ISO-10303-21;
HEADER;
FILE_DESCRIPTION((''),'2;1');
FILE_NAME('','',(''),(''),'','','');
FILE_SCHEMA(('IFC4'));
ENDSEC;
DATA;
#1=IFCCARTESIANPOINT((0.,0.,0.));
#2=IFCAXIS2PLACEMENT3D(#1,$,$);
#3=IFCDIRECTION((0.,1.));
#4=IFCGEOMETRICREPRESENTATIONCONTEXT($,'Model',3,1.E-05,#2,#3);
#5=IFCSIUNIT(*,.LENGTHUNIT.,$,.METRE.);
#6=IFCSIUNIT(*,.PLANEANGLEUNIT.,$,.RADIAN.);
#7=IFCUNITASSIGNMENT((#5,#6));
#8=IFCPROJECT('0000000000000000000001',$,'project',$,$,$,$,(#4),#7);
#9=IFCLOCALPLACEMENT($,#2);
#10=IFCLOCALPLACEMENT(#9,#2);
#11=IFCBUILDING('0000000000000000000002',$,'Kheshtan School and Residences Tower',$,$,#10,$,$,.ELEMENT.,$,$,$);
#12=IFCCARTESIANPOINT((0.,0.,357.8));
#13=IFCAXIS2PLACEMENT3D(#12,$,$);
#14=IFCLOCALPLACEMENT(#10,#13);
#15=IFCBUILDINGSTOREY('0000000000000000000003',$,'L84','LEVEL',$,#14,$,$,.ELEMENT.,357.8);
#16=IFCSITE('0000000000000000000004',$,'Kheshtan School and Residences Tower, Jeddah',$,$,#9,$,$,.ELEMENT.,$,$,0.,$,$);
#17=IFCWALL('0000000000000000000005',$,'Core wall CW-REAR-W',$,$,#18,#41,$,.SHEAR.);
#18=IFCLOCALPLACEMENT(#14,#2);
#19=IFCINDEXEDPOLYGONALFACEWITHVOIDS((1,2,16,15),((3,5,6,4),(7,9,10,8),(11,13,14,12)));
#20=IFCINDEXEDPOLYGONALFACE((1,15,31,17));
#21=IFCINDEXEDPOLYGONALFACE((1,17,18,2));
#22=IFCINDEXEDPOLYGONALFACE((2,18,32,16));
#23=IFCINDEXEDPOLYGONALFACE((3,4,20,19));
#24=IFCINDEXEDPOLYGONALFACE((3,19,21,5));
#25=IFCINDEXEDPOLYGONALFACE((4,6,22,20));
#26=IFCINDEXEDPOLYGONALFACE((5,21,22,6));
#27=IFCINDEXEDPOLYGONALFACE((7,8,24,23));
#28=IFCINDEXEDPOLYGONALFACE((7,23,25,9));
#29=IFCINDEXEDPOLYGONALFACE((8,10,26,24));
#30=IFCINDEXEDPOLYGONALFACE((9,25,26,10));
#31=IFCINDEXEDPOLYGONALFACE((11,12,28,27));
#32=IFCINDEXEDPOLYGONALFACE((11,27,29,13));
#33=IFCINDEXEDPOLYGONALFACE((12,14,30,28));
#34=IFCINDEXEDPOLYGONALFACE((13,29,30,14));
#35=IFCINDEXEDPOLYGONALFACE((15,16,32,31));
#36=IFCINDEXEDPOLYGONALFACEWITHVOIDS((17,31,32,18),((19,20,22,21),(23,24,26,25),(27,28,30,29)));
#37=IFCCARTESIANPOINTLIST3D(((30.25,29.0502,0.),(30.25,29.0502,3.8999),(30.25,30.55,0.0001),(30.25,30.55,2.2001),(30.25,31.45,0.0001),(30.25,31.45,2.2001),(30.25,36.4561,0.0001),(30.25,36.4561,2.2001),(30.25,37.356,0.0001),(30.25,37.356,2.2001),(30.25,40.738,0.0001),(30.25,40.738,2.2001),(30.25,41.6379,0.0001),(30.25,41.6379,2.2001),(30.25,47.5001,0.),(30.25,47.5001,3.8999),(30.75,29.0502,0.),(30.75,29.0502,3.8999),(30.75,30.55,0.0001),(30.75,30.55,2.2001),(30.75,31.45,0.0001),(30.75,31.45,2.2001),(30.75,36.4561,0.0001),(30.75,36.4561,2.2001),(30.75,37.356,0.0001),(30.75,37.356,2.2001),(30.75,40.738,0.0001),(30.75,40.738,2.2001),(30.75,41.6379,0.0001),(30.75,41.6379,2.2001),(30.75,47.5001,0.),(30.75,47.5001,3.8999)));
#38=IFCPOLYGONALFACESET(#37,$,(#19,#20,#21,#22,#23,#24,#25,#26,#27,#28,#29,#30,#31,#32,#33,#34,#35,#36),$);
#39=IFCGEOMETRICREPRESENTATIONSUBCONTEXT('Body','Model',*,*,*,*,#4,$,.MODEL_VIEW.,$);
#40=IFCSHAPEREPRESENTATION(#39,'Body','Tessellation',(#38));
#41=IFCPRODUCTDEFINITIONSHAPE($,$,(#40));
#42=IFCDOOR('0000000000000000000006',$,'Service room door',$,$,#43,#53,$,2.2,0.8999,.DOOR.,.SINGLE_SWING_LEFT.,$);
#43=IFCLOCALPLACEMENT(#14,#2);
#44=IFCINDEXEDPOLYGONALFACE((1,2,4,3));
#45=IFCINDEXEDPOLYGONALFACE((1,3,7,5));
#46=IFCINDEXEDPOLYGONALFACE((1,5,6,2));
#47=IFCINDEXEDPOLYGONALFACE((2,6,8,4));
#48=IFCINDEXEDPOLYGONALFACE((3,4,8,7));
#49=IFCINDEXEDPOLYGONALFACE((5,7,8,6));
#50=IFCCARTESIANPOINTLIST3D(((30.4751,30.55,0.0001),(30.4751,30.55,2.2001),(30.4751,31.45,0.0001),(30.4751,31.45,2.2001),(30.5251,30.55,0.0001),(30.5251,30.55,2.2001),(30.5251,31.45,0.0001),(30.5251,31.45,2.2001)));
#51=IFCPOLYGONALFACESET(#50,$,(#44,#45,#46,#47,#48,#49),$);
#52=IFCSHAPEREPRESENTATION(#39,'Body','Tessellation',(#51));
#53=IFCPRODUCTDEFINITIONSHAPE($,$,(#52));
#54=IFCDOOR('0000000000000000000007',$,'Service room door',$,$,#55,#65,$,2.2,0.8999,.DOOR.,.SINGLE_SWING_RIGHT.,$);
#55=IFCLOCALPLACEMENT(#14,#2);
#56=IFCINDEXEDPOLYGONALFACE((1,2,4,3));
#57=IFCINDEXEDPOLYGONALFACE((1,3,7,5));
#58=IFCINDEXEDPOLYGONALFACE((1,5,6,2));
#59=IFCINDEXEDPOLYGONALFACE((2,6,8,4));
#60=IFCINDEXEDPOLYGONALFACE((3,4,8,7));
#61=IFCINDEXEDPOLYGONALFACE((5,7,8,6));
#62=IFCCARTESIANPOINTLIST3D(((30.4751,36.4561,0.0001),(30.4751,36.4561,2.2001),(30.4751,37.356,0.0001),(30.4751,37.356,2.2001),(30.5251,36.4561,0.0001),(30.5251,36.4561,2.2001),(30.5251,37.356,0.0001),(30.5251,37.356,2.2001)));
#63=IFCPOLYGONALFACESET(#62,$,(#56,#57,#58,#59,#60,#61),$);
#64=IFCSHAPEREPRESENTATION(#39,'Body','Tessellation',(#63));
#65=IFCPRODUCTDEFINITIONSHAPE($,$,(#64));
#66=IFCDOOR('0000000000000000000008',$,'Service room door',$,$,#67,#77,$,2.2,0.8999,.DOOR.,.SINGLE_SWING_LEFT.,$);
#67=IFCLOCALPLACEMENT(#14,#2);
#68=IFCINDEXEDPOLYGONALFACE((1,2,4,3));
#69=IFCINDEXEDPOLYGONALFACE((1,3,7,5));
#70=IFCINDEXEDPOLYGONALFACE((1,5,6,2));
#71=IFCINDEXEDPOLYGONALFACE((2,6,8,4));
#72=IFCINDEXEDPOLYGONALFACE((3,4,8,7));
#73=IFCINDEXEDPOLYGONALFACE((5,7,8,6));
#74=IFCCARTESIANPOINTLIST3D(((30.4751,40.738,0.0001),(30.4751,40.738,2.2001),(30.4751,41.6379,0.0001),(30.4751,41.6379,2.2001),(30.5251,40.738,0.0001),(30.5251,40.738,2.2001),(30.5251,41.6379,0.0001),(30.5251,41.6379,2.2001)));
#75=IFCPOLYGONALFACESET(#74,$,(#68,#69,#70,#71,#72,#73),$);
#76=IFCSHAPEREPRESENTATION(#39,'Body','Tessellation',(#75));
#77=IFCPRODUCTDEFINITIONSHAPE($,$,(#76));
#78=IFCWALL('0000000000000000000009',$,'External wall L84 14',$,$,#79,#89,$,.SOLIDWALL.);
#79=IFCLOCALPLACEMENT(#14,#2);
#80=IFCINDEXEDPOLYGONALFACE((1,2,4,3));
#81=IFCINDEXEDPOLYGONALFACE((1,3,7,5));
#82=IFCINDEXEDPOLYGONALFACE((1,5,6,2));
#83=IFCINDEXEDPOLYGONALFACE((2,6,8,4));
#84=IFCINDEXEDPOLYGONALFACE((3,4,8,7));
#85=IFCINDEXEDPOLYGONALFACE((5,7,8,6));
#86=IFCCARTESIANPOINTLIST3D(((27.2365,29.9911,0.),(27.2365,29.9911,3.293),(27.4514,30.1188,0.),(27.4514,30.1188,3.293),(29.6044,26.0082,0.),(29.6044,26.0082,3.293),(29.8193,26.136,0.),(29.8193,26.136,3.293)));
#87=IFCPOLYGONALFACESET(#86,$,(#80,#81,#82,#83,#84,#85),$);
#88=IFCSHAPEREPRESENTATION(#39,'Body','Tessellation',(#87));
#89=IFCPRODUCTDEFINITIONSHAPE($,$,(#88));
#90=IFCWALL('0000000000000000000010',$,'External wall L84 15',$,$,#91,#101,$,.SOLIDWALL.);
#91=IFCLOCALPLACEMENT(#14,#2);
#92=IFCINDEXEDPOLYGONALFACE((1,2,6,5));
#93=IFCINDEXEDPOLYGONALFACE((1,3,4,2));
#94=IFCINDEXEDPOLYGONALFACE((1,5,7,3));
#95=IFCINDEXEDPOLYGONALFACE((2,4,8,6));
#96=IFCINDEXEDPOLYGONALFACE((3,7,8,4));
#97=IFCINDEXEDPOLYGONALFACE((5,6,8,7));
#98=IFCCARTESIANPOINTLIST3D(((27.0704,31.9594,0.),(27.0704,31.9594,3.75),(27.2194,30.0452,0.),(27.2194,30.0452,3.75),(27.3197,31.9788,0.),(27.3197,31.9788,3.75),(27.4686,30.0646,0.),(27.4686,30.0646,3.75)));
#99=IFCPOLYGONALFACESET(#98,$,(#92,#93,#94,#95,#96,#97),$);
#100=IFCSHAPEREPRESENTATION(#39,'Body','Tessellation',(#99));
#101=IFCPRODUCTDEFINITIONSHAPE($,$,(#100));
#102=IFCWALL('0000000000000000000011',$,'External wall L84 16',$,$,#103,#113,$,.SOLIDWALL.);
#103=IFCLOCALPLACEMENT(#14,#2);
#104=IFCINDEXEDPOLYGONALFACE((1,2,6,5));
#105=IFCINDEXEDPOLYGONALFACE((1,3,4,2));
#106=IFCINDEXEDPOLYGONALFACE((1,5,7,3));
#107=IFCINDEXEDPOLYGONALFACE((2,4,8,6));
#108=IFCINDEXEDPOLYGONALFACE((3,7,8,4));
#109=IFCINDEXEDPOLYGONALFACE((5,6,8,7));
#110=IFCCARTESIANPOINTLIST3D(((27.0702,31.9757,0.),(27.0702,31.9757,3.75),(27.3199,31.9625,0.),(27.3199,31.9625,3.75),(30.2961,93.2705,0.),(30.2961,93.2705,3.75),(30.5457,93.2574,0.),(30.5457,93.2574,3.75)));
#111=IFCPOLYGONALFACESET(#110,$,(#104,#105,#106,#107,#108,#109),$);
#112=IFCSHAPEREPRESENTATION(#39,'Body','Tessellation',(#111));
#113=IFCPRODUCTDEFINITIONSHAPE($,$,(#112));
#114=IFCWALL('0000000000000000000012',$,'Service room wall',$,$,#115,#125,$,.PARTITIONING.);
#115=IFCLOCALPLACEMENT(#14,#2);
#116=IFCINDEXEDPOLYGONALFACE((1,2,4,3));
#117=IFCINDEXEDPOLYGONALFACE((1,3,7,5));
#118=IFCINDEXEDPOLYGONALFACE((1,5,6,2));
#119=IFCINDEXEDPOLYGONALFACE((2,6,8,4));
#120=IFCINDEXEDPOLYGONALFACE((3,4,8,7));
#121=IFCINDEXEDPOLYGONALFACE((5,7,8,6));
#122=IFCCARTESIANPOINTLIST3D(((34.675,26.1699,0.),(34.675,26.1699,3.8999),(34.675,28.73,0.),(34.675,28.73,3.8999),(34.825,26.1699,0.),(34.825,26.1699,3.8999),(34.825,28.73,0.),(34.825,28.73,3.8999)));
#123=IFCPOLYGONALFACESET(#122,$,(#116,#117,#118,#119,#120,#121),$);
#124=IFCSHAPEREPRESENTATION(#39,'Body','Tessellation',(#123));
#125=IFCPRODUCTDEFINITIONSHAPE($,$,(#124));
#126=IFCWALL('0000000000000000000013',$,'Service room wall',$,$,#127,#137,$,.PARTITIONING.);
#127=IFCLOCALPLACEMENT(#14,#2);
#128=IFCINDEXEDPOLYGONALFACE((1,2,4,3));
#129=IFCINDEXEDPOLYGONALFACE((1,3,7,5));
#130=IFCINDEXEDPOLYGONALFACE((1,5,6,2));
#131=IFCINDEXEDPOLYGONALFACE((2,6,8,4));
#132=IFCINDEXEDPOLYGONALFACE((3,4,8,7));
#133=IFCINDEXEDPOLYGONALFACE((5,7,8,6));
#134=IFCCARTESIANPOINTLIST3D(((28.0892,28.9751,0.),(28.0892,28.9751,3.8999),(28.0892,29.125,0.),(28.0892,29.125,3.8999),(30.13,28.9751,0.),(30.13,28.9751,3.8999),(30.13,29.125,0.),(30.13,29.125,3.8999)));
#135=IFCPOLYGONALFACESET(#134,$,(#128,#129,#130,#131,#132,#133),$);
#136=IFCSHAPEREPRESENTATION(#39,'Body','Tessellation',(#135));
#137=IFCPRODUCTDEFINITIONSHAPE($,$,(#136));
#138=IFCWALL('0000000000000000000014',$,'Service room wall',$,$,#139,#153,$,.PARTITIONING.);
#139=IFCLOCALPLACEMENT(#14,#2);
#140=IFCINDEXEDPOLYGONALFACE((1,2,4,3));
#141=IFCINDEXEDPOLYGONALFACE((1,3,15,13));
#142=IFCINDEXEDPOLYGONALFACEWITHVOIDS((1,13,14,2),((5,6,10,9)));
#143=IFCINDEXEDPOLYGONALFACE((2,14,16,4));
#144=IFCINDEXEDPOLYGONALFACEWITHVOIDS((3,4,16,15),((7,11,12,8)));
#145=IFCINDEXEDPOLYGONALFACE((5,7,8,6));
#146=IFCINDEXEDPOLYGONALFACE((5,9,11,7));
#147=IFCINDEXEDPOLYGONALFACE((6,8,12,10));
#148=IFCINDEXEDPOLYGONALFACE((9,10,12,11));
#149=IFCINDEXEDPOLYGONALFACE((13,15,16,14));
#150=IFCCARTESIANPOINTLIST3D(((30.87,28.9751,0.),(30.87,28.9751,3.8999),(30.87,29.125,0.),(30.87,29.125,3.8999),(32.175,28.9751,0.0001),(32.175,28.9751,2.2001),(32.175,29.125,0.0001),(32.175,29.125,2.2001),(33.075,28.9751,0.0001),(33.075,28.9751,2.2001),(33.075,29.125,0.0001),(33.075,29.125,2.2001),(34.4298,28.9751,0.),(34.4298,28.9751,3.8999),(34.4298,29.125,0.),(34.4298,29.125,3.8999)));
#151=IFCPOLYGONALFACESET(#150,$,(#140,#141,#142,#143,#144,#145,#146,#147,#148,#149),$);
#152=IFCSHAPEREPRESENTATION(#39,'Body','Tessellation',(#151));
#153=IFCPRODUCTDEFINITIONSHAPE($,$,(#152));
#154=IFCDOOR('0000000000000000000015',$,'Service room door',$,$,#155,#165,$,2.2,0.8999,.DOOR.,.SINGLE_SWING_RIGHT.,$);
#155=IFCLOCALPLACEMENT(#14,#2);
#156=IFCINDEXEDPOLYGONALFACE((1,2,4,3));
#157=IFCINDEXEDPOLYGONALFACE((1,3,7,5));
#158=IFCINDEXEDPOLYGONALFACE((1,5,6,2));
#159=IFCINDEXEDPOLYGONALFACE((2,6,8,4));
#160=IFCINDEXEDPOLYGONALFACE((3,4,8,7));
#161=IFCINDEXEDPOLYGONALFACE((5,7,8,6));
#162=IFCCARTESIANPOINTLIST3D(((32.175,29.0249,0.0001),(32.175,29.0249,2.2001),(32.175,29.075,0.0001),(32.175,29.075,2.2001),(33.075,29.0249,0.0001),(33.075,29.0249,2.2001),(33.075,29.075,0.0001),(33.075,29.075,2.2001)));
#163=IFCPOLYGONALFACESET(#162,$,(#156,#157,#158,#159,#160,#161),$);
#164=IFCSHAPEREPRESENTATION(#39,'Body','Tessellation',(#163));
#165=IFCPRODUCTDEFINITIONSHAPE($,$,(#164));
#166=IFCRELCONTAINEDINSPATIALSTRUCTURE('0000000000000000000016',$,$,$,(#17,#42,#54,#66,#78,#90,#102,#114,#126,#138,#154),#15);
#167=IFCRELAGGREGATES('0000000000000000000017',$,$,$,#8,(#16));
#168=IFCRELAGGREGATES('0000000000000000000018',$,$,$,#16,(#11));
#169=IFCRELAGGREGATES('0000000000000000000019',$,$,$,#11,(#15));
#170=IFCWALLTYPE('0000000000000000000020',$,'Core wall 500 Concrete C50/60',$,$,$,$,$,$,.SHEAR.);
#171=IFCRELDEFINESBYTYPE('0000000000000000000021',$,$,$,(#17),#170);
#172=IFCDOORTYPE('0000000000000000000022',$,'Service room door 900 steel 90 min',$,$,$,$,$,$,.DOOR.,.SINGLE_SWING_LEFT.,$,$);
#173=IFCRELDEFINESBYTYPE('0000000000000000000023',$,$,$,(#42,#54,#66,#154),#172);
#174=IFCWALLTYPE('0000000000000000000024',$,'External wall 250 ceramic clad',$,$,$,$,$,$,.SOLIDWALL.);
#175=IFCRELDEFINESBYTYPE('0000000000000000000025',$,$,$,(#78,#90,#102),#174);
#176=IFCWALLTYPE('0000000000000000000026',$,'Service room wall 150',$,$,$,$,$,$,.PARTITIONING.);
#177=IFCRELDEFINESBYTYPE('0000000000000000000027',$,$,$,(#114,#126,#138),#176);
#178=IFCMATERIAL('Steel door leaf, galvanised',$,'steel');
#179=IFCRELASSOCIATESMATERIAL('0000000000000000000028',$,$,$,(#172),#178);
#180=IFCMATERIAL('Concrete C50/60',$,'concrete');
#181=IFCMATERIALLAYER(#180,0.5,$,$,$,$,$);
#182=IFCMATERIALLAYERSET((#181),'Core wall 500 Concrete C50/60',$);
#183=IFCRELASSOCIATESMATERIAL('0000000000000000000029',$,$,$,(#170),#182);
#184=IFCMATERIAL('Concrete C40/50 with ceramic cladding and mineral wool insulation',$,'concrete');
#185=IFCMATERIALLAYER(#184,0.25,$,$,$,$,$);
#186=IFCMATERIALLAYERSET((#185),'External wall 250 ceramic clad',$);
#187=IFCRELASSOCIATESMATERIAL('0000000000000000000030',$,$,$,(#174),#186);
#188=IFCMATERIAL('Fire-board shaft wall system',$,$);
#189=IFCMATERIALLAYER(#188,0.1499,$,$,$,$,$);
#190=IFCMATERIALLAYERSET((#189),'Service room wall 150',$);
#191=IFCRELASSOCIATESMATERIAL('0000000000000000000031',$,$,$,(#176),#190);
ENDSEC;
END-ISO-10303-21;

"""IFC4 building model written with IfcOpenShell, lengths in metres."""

from ifc_helpers import new_model, si_unit, direction, frame, frame_2d, origin, place, context, subcontext, project, spatial, rectangle, extrude, source, transform, mapped, material, layer, layer_set, type_object, element, fill, save


model = new_model("IFC4")

# Units and contexts
model_context = context("Model", 3, precision=1e-05, world=origin(), true_north=direction((0.0, 1.0)))
body_context = subcontext(model_context, "Body", "Model", "MODEL_VIEW")
ifc_project = project(units=[si_unit("LENGTHUNIT", "METRE"), si_unit("PLANEANGLEUNIT", "RADIAN")], contexts=[model_context])

# Site, building, storey
site_placement = place(None, origin())
site = spatial("IfcSite", under=ifc_project, at=site_placement, Name="Kheshtan School and Residences Tower, Jeddah", CompositionType="ELEMENT", RefElevation=0.0)
building_placement = place(site_placement, origin())
building = spatial("IfcBuilding", under=site, at=building_placement, Name="Kheshtan School and Residences Tower", CompositionType="ELEMENT")
storey_placement = place(building_placement, frame((0.0, 0.0, 357.8)))
storey = spatial("IfcBuildingStorey", under=building, at=storey_placement, Name="L84", Description="LEVEL", CompositionType="ELEMENT", Elevation=357.8)

# Shared definitions
ifc_material_1 = material(Name="Concrete C50/60", Category="concrete")
ifc_material_2 = material(Name="Steel door leaf, galvanised", Category="steel")
door_type_1 = type_object("IfcDoorType", Name="Service room door 900 steel 90 min", OperationType="SINGLE_SWING_LEFT", PredefinedType="DOOR", material=ifc_material_2)
shared_shape_1 = source(origin(), body_context, "Body", "SweptSolid", [
    extrude(rectangle(XDim=0.8999, YDim=2.2, at=frame_2d((0.45, 1.1001))), frame((0.0, 0.0249, 0.0), z_axis=(0.0, -1.0, 0.0), x_axis=(1.0, 0.0, 0.0)), (0.0, 0.0, 1.0), 0.05),
])

# Shared definitions
ifc_layer_1 = layer(ifc_material_1, 0.5)
ifc_layer_set_1 = layer_set([ifc_layer_1], Name="Core wall 500 Concrete C50/60")
wall_type_1 = type_object("IfcWallType", Name="Core wall 500 Concrete C50/60", PredefinedType="SHEAR", material=ifc_layer_set_1)

# Wall, openings, doors
wall_1_placement = place(storey_placement, frame((30.5, 29.05, 0.0), z_axis=(0.0, 0.0, 1.0), x_axis=(0.0, 1.0, 0.0)))
wall_1 = element("IfcWall", 1, at=wall_1_placement, inside=storey, type_object=wall_type_1, Name="Core wall CW-REAR-W", PredefinedType="SHEAR", context=body_context, shape_type="SweptSolid", body=[
    extrude(rectangle(XDim=18.45, YDim=0.5, at=frame_2d((9.2251, 0.0))), origin(), (0.0, 0.0, 1.0), 3.8999),
])
opening_1_placement = place(wall_1_placement, frame((1.5, 0.0, 0.0)))
opening_1 = element("IfcOpeningElement", 2, at=opening_1_placement, cuts=wall_1, PredefinedType="OPENING", context=body_context, shape_type="SweptSolid", body=[
    extrude(rectangle(XDim=0.8999, YDim=2.2, at=frame_2d((0.45, 1.1001))), frame((0.0, 0.26, 0.0), z_axis=(0.0, -1.0, 0.0), x_axis=(1.0, 0.0, 0.0)), (0.0, 0.0, 1.0), 0.52),
])
opening_2_placement = place(wall_1_placement, frame((7.406, 0.0, 0.0)))
opening_2 = element("IfcOpeningElement", 3, at=opening_2_placement, cuts=wall_1, PredefinedType="OPENING", context=body_context, shape_type="SweptSolid", body=[
    extrude(rectangle(XDim=0.8999, YDim=2.2, at=frame_2d((0.45, 1.1001))), frame((0.0, 0.26, 0.0), z_axis=(0.0, -1.0, 0.0), x_axis=(1.0, 0.0, 0.0)), (0.0, 0.0, 1.0), 0.52),
])
opening_3_placement = place(wall_1_placement, frame((11.688, 0.0, 0.0)))
opening_3 = element("IfcOpeningElement", 4, at=opening_3_placement, cuts=wall_1, PredefinedType="OPENING", context=body_context, shape_type="SweptSolid", body=[
    extrude(rectangle(XDim=0.8999, YDim=2.2, at=frame_2d((0.45, 1.1001))), frame((0.0, 0.26, 0.0), z_axis=(0.0, -1.0, 0.0), x_axis=(1.0, 0.0, 0.0)), (0.0, 0.0, 1.0), 0.52),
])
door_1_placement = place(opening_1_placement, origin())
door_1 = element("IfcDoor", 5, at=door_1_placement, inside=storey, type_object=door_type_1, Name="Service room door", OperationType="SINGLE_SWING_LEFT", OverallHeight=2.2, OverallWidth=0.8999, PredefinedType="DOOR", context=body_context, shape_type="MappedRepresentation", body=[
    mapped(shared_shape_1, transform((0.0, 0.0, 0.0), x_axis=(1.0, 0.0, 0.0), y_axis=(0.0, 1.0, 0.0), z_axis=(0.0, 0.0, 1.0), scale=1.0)),
])
fill(opening_1, door_1)
door_2_placement = place(opening_2_placement, origin())
door_2 = element("IfcDoor", 6, at=door_2_placement, inside=storey, type_object=door_type_1, Name="Service room door", OperationType="SINGLE_SWING_RIGHT", OverallHeight=2.2, OverallWidth=0.8999, PredefinedType="DOOR", context=body_context, shape_type="MappedRepresentation", body=[
    mapped(shared_shape_1, transform((0.0, 0.0, 0.0), x_axis=(1.0, 0.0, 0.0), y_axis=(0.0, 1.0, 0.0), z_axis=(0.0, 0.0, 1.0), scale=1.0)),
])
fill(opening_2, door_2)
door_3_placement = place(opening_3_placement, origin())
door_3 = element("IfcDoor", 7, at=door_3_placement, inside=storey, type_object=door_type_1, Name="Service room door", OperationType="SINGLE_SWING_LEFT", OverallHeight=2.2, OverallWidth=0.8999, PredefinedType="DOOR", context=body_context, shape_type="MappedRepresentation", body=[
    mapped(shared_shape_1, transform((0.0, 0.0, 0.0), x_axis=(1.0, 0.0, 0.0), y_axis=(0.0, 1.0, 0.0), z_axis=(0.0, 0.0, 1.0), scale=1.0)),
])
fill(opening_3, door_3)

# Walls
ifc_material_3 = material(Name="Concrete C40/50 with ceramic cladding and mineral wool insulation", Category="concrete")
ifc_layer_2 = layer(ifc_material_3, 0.25)
ifc_layer_set_2 = layer_set([ifc_layer_2], Name="External wall 250 ceramic clad")
wall_type_2 = type_object("IfcWallType", Name="External wall 250 ceramic clad", PredefinedType="SOLIDWALL", material=ifc_layer_set_2)
wall_2_placement = place(storey_placement, frame((29.7119, 26.072, 0.0), z_axis=(0.0, 0.0, 1.0), x_axis=(-0.511028, 0.859564, 0.0)))
element("IfcWall", 8, at=wall_2_placement, inside=storey, type_object=wall_type_2, Name="External wall L84 14", PredefinedType="SOLIDWALL", context=body_context, shape_type="SweptSolid", body=[
    extrude(rectangle(XDim=4.6335, YDim=0.25, at=frame_2d((2.3169, 0.0))), origin(), (0.0, 0.0, 1.0), 3.293),
])
wall_3_placement = place(storey_placement, frame((27.344, 30.0549, 0.0), z_axis=(0.0, 0.0, 1.0), x_axis=(-0.077572, 0.996987, 0.0)))
element("IfcWall", 9, at=wall_3_placement, inside=storey, type_object=wall_type_2, Name="External wall L84 15", PredefinedType="SOLIDWALL", context=body_context, shape_type="SweptSolid", body=[
    extrude(rectangle(XDim=1.9199, YDim=0.25, at=frame_2d((0.96, 0.0))), origin(), (0.0, 0.0, 1.0), 3.75),
])
wall_4_placement = place(storey_placement, frame((27.1951, 31.969, 0.0), z_axis=(0.0, 0.0, 1.0), x_axis=(0.052555, 0.998618, 0.0)))
element("IfcWall", 10, at=wall_4_placement, inside=storey, type_object=wall_type_2, Name="External wall L84 16", PredefinedType="SOLIDWALL", context=body_context, shape_type="SweptSolid", body=[
    extrude(rectangle(XDim=61.3796, YDim=0.25, at=frame_2d((30.6899, 0.0))), origin(), (0.0, 0.0, 1.0), 3.75),
])
ifc_material_4 = material(Name="Fire-board shaft wall system")
ifc_layer_3 = layer(ifc_material_4, 0.1499)
ifc_layer_set_3 = layer_set([ifc_layer_3], Name="Service room wall 150")
wall_type_3 = type_object("IfcWallType", Name="Service room wall 150", PredefinedType="PARTITIONING", material=ifc_layer_set_3)
wall_5_placement = place(storey_placement, frame((34.75, 26.1699, 0.0), z_axis=(0.0, 0.0, 1.0), x_axis=(0.0, 1.0, 0.0)))
element("IfcWall", 11, at=wall_5_placement, inside=storey, type_object=wall_type_3, Name="Service room wall", PredefinedType="PARTITIONING", context=body_context, shape_type="SweptSolid", body=[
    extrude(rectangle(XDim=2.5601, YDim=0.1499, at=frame_2d((1.28, 0.0))), origin(), (0.0, 0.0, 1.0), 3.8999),
])
wall_6_placement = place(storey_placement, frame((28.0891, 29.05, 0.0), z_axis=(0.0, 0.0, 1.0), x_axis=(1.0, 0.0, 0.0)))
element("IfcWall", 12, at=wall_6_placement, inside=storey, type_object=wall_type_3, Name="Service room wall", PredefinedType="PARTITIONING", context=body_context, shape_type="SweptSolid", body=[
    extrude(rectangle(XDim=2.0408, YDim=0.1499, at=frame_2d((1.0205, 0.0))), origin(), (0.0, 0.0, 1.0), 3.8999),
])

# Wall, opening, door
wall_7_placement = place(storey_placement, frame((30.8701, 29.05, 0.0), z_axis=(0.0, 0.0, 1.0), x_axis=(1.0, 0.0, 0.0)))
wall_7 = element("IfcWall", 13, at=wall_7_placement, inside=storey, type_object=wall_type_3, Name="Service room wall", PredefinedType="PARTITIONING", context=body_context, shape_type="SweptSolid", body=[
    extrude(rectangle(XDim=3.5598, YDim=0.1499, at=frame_2d((1.7798, 0.0))), origin(), (0.0, 0.0, 1.0), 3.8999),
])
opening_4_placement = place(wall_7_placement, frame((1.3049, 0.0, 0.0)))
opening_4 = element("IfcOpeningElement", 14, at=opening_4_placement, cuts=wall_7, PredefinedType="OPENING", context=body_context, shape_type="SweptSolid", body=[
    extrude(rectangle(XDim=0.8999, YDim=2.2, at=frame_2d((0.45, 1.1001))), frame((0.0, 0.085, 0.0), z_axis=(0.0, -1.0, 0.0), x_axis=(1.0, 0.0, 0.0)), (0.0, 0.0, 1.0), 0.1699),
])
door_4_placement = place(opening_4_placement, origin())
door_4 = element("IfcDoor", 15, at=door_4_placement, inside=storey, type_object=door_type_1, Name="Service room door", OperationType="SINGLE_SWING_RIGHT", OverallHeight=2.2, OverallWidth=0.8999, PredefinedType="DOOR", context=body_context, shape_type="MappedRepresentation", body=[
    mapped(shared_shape_1, transform((0.0, 0.0, 0.0), x_axis=(1.0, 0.0, 0.0), y_axis=(0.0, 1.0, 0.0), z_axis=(0.0, 0.0, 1.0), scale=1.0)),
])
fill(opening_4, door_4)

save(model, "model.ifc")
